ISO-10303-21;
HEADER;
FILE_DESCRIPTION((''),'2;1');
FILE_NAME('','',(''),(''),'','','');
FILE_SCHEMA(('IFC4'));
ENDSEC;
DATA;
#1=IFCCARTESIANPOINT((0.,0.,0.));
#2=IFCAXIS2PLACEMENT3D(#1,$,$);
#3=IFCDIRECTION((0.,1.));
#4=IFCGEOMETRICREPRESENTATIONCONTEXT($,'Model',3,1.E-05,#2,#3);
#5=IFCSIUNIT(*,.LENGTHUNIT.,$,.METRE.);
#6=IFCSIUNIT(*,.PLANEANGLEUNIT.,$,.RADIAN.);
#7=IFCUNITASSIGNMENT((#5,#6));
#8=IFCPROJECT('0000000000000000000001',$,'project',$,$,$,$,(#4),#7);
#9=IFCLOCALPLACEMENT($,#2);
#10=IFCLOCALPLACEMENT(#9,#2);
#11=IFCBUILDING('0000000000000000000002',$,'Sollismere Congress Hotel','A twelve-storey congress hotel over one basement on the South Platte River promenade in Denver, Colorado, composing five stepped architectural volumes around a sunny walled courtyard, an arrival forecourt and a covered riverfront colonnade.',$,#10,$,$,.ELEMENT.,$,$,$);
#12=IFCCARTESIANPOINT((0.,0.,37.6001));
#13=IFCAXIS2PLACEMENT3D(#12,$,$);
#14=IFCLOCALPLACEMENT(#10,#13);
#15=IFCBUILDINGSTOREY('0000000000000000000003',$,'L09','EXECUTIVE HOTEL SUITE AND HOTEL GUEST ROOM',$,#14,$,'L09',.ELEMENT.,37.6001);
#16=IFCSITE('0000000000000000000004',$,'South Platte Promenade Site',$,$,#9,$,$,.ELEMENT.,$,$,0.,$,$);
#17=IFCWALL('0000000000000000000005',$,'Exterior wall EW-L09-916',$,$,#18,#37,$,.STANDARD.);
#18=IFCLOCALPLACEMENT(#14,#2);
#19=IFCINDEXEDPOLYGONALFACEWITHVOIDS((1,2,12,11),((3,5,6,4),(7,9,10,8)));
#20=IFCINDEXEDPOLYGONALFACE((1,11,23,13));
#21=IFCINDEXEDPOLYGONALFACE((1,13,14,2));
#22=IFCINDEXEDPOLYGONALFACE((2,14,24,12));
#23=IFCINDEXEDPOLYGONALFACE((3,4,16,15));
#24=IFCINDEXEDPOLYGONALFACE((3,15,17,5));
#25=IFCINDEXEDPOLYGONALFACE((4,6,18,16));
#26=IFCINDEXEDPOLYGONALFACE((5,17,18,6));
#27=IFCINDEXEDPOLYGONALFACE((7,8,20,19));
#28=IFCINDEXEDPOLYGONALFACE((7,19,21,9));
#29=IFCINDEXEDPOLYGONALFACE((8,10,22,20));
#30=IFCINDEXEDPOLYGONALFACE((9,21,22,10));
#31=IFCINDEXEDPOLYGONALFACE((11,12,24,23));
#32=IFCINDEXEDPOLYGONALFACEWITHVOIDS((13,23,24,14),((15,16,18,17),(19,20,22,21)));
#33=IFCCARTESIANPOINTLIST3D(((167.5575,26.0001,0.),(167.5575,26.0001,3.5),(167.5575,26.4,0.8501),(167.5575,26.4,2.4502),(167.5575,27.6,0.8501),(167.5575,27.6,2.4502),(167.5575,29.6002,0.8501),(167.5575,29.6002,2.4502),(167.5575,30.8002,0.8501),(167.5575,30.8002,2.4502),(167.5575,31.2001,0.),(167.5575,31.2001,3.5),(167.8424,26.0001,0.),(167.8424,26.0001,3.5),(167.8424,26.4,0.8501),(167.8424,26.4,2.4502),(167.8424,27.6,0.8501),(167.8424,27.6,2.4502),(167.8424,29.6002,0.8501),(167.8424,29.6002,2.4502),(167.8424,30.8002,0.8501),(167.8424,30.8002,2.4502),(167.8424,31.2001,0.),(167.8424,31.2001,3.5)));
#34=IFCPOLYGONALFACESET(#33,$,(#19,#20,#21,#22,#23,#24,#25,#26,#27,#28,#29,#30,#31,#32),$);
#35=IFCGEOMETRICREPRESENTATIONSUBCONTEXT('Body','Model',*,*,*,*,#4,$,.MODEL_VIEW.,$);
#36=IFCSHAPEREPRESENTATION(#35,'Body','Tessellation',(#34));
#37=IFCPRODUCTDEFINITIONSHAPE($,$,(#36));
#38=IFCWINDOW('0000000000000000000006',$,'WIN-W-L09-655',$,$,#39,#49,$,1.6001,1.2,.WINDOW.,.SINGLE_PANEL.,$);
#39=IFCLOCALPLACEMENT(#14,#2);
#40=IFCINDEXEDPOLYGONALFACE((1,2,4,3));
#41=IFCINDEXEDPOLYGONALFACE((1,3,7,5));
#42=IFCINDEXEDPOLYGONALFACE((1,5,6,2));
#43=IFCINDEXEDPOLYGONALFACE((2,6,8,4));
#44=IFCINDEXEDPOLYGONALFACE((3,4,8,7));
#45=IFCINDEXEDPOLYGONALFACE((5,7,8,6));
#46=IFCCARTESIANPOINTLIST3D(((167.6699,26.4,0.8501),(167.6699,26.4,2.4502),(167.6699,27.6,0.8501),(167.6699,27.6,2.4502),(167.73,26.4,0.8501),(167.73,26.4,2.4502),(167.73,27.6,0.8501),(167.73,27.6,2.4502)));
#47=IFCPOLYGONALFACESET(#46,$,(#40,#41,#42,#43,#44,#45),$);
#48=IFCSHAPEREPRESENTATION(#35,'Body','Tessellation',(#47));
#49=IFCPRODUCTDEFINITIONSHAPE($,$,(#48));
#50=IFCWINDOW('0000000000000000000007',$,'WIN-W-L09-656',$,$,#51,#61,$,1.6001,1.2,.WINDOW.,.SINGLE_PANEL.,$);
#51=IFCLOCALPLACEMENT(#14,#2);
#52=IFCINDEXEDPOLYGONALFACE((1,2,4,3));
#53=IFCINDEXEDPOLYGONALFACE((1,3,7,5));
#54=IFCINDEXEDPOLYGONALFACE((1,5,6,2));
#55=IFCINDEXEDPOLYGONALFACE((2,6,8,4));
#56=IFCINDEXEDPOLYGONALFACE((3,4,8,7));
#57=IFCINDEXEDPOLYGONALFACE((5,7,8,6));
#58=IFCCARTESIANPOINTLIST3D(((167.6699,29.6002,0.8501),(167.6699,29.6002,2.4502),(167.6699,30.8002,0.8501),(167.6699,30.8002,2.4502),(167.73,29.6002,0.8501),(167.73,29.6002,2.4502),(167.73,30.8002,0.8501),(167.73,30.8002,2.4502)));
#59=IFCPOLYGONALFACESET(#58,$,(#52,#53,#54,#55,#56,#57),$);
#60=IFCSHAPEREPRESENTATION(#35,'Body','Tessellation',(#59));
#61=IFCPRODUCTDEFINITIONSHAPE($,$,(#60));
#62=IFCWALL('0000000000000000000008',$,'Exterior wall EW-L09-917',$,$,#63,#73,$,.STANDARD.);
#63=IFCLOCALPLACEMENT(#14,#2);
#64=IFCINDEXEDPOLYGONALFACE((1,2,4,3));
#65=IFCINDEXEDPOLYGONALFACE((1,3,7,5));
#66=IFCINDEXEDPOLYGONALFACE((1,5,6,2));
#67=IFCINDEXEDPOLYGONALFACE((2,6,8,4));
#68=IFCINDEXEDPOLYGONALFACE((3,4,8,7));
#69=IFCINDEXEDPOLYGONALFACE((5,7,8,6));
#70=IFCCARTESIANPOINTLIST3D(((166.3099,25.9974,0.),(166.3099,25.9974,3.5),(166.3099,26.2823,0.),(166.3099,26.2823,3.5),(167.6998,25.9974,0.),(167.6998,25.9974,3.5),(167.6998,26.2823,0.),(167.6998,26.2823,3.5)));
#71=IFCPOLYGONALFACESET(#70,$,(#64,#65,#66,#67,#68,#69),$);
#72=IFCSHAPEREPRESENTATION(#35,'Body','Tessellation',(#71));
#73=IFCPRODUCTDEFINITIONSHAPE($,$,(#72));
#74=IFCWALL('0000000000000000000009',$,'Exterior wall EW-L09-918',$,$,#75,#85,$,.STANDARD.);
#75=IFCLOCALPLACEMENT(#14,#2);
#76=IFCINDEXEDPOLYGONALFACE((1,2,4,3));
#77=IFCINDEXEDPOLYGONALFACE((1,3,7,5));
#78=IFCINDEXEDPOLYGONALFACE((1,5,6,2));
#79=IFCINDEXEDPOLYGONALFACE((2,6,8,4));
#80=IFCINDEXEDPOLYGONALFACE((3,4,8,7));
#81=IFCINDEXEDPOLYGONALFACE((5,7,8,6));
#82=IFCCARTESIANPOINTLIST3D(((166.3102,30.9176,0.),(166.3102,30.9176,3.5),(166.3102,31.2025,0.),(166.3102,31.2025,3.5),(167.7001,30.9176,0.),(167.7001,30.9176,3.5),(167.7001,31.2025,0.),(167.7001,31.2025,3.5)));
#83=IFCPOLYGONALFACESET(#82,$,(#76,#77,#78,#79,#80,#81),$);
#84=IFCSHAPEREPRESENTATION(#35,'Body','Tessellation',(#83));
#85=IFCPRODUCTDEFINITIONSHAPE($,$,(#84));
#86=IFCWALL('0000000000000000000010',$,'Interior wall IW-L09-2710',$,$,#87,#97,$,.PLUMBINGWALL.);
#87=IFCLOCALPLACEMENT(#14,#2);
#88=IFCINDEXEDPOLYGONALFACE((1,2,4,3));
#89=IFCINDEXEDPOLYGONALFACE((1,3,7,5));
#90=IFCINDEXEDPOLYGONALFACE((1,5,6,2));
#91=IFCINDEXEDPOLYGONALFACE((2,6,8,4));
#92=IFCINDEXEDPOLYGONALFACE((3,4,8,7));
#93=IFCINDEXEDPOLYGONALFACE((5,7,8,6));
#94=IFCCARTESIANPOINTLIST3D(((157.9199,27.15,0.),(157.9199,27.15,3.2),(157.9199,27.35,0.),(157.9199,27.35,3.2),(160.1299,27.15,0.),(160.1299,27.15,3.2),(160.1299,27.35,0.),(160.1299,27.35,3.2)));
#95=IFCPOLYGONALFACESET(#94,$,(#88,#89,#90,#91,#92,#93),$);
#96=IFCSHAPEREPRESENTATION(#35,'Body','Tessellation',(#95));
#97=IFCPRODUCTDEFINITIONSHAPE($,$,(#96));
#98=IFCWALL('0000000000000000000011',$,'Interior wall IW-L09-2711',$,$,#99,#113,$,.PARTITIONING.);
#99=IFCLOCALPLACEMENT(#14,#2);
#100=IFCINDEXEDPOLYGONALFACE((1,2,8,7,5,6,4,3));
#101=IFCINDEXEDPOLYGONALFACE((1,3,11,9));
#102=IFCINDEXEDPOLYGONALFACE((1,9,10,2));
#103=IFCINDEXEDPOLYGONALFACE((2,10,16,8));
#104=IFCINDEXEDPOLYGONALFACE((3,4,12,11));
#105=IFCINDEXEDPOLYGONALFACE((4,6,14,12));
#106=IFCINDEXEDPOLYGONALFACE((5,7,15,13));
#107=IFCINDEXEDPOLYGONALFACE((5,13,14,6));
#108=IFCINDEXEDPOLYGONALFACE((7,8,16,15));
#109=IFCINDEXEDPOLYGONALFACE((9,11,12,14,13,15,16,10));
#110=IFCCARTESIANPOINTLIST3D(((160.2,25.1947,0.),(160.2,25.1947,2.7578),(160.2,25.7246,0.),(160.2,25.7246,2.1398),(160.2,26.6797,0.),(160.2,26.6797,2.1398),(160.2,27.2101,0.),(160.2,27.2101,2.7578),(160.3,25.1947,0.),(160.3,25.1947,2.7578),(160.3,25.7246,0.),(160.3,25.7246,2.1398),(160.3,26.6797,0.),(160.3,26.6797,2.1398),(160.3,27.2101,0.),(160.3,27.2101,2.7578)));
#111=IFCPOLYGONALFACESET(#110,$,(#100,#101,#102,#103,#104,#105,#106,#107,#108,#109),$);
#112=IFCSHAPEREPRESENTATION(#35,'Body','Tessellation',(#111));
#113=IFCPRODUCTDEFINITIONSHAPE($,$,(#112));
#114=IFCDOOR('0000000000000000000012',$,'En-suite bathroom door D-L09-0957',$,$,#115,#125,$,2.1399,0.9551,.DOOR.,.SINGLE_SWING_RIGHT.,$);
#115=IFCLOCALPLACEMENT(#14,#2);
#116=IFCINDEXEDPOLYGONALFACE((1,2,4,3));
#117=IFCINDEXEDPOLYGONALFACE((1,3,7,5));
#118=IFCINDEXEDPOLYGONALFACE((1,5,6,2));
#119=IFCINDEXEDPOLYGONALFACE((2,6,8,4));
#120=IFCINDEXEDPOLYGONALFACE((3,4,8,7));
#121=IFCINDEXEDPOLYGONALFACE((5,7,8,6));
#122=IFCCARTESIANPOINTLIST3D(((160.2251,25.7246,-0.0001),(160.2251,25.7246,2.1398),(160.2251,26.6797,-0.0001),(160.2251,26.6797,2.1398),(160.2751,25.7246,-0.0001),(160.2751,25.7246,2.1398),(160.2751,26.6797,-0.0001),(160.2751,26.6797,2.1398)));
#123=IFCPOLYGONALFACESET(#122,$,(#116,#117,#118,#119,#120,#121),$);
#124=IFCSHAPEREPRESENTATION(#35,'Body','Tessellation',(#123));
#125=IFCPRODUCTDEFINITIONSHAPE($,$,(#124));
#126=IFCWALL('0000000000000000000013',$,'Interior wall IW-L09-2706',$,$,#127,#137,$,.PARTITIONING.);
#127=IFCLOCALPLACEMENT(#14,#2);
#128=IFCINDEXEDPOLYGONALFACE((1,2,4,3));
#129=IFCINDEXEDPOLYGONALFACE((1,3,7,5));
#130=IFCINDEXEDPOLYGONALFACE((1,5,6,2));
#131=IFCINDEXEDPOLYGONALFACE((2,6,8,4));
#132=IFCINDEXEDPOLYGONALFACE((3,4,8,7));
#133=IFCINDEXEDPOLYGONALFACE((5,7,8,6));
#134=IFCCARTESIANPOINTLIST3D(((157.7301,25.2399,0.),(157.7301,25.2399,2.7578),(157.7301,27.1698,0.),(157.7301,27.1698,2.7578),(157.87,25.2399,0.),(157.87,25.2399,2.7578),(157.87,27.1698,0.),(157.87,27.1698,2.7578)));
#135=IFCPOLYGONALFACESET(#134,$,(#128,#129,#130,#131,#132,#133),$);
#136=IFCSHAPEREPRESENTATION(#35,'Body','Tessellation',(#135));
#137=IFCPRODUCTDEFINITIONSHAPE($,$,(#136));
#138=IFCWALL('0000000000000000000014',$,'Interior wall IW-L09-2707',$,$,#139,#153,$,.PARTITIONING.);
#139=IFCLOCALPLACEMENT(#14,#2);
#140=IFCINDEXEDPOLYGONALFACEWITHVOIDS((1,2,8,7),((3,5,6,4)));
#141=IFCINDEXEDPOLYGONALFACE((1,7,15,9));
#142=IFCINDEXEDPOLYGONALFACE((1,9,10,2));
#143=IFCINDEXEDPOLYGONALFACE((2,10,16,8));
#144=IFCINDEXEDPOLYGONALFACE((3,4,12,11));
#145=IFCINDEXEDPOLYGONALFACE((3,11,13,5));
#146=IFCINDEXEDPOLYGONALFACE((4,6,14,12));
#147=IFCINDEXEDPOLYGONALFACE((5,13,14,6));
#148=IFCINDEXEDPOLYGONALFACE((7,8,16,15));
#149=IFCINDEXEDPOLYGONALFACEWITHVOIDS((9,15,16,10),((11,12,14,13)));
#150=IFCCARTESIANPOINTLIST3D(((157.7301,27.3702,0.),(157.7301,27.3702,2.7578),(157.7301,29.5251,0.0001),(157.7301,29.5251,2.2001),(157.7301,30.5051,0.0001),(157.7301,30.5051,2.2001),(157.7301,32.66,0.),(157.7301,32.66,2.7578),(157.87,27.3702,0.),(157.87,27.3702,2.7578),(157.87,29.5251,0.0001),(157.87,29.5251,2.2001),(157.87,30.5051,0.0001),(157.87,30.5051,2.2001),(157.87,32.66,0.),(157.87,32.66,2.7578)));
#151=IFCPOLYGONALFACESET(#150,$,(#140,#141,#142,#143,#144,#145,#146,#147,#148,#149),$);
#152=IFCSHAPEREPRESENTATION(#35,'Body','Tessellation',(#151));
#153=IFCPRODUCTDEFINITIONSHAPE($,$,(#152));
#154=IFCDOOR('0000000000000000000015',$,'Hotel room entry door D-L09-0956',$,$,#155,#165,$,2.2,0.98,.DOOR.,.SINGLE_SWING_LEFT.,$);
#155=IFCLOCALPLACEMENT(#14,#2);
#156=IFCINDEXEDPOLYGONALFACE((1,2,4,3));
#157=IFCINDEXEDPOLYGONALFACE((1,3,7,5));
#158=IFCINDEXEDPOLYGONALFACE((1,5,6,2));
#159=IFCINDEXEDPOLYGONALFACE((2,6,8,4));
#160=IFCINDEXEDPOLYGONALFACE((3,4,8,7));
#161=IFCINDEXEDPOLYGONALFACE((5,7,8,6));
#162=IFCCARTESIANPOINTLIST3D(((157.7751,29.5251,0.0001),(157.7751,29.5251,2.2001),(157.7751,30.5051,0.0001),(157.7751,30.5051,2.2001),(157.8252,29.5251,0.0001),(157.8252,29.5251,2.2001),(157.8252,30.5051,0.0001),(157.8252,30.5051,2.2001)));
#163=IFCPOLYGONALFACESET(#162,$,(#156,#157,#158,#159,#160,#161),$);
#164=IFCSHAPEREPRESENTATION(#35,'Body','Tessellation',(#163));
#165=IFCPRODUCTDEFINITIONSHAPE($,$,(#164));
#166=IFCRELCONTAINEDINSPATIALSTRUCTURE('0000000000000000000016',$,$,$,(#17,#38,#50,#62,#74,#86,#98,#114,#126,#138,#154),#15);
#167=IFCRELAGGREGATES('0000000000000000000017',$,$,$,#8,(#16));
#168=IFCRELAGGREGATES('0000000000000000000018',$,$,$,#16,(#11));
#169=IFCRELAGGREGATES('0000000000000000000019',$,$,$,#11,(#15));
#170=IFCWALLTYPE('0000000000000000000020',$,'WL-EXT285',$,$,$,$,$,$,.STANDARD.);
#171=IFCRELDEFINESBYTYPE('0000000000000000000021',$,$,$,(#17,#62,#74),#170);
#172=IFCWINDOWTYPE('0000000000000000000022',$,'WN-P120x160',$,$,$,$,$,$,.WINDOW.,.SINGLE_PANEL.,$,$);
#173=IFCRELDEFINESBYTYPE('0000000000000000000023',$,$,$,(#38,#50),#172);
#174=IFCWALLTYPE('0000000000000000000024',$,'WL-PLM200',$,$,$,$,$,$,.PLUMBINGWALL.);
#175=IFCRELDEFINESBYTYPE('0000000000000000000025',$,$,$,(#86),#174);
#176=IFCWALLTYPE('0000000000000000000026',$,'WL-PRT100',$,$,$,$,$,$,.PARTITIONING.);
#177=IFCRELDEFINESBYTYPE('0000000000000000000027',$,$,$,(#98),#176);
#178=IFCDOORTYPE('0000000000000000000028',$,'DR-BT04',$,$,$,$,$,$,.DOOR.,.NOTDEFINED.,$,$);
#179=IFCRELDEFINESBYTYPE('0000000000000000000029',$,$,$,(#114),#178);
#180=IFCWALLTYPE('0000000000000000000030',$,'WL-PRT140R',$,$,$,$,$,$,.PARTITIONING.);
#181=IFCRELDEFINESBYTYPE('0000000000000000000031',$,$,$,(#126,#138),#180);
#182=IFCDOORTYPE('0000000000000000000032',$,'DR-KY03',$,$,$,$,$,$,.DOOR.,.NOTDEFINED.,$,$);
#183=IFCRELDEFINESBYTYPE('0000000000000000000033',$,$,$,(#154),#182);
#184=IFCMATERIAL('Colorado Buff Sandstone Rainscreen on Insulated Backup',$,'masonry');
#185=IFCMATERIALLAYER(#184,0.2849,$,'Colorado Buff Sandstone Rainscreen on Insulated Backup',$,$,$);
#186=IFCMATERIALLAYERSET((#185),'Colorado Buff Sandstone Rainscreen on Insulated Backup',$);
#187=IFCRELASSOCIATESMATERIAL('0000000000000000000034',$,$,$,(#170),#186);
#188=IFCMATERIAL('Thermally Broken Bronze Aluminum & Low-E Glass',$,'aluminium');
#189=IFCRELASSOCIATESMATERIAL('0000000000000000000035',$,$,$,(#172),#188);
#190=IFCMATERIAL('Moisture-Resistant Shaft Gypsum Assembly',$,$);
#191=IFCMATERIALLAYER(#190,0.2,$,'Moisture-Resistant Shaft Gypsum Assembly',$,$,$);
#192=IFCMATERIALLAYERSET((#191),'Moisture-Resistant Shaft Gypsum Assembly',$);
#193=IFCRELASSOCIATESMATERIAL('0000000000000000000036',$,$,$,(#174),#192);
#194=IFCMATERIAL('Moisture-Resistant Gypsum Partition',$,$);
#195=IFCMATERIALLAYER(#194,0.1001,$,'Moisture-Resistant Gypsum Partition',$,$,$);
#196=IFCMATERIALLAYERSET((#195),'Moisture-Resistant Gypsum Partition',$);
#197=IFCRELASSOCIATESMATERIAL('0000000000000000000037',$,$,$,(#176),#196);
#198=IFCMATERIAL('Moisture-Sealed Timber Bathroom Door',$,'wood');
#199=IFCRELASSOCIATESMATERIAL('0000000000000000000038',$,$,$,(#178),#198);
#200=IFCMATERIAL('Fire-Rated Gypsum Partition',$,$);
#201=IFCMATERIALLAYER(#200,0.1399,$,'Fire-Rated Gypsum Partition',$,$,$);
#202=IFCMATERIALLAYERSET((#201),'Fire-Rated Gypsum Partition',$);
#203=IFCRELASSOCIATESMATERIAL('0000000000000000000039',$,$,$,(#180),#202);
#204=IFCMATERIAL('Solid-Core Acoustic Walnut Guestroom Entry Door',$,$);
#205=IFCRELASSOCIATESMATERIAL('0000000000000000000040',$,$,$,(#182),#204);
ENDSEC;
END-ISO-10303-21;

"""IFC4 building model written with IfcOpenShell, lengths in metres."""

from ifc_helpers import new_model, si_unit, direction, frame, frame_2d, origin, place, context, subcontext, project, spatial, rectangle, extrude, material, layer, layer_set, type_object, element, fill, save


model = new_model("IFC4")

# Units and contexts
model_context = context("Model", 3, precision=1e-05, world=origin(), true_north=direction((0.0, 1.0)))
body_context = subcontext(model_context, "Body", "Model", "MODEL_VIEW")
ifc_project = project(units=[si_unit("LENGTHUNIT", "METRE"), si_unit("PLANEANGLEUNIT", "RADIAN")], contexts=[model_context])

# Site, building, storey
site_placement = place(None, origin())
site = spatial("IfcSite", under=ifc_project, at=site_placement, Name="South Platte Promenade Site", CompositionType="ELEMENT", RefElevation=0.0)
building_placement = place(site_placement, origin())
building = spatial("IfcBuilding", under=site, at=building_placement, Name="Sollismere Congress Hotel", Description="A twelve-storey congress hotel over one basement on the South Platte River promenade in Denver, Colorado, composing five stepped architectural volumes around a sunny walled courtyard, an arrival forecourt and a covered riverfront colonnade.", CompositionType="ELEMENT")
storey_placement = place(building_placement, frame((0.0, 0.0, 37.6001)))
storey = spatial("IfcBuildingStorey", under=building, at=storey_placement, Name="L09", Description="EXECUTIVE HOTEL SUITE AND HOTEL GUEST ROOM", LongName="L09", CompositionType="ELEMENT", Elevation=37.6001)

# Shared definitions
ifc_material_1 = material(Name="Colorado Buff Sandstone Rainscreen on Insulated Backup", Category="masonry")
ifc_layer_1 = layer(ifc_material_1, 0.2849, Name="Colorado Buff Sandstone Rainscreen on Insulated Backup")
ifc_layer_set_1 = layer_set([ifc_layer_1], Name="Colorado Buff Sandstone Rainscreen on Insulated Backup")
wall_type_1 = type_object("IfcWallType", Name="WL-EXT285", PredefinedType="STANDARD", material=ifc_layer_set_1)

# Wall, openings, windows
wall_1_placement = place(storey_placement, frame((167.7, 26.0, 0.0), z_axis=(0.0, 0.0, 1.0), x_axis=(0.0, 1.0, 0.0)))
wall_1 = element("IfcWall", 1, at=wall_1_placement, inside=storey, type_object=wall_type_1, Name="Exterior wall EW-L09-916", PredefinedType="STANDARD", context=body_context, shape_type="SweptSolid", body=[
    extrude(rectangle(XDim=5.2, YDim=0.2849, at=frame_2d((2.6001, 0.0))), origin(), (0.0, 0.0, 1.0), 3.5),
])
opening_1_placement = place(wall_1_placement, frame((0.3999, 0.0, 0.8501)))
opening_1 = element("IfcOpeningElement", 2, at=opening_1_placement, cuts=wall_1, PredefinedType="OPENING", context=body_context, shape_type="SweptSolid", body=[
    extrude(rectangle(XDim=1.2, YDim=1.6001, at=frame_2d((0.6001, 0.8))), frame((0.0, 0.1523, 0.0), z_axis=(0.0, -1.0, 0.0), x_axis=(1.0, 0.0, 0.0)), (0.0, 0.0, 1.0), 0.3049),
])
opening_2_placement = place(wall_1_placement, frame((3.6001, 0.0, 0.8501)))
opening_2 = element("IfcOpeningElement", 3, at=opening_2_placement, cuts=wall_1, PredefinedType="OPENING", context=body_context, shape_type="SweptSolid", body=[
    extrude(rectangle(XDim=1.2, YDim=1.6001, at=frame_2d((0.6001, 0.8))), frame((0.0, 0.1523, 0.0), z_axis=(0.0, -1.0, 0.0), x_axis=(1.0, 0.0, 0.0)), (0.0, 0.0, 1.0), 0.3049),
])
ifc_material_2 = material(Name="Thermally Broken Bronze Aluminum & Low-E Glass", Category="aluminium")
window_type = type_object("IfcWindowType", Name="WN-P120x160", PartitioningType="SINGLE_PANEL", PredefinedType="WINDOW", material=ifc_material_2)
window_1_placement = place(opening_1_placement, origin())
window_1 = element("IfcWindow", 4, at=window_1_placement, inside=storey, type_object=window_type, Name="WIN-W-L09-655", OverallHeight=1.6001, OverallWidth=1.2, PartitioningType="SINGLE_PANEL", PredefinedType="WINDOW", context=body_context, shape_type="SweptSolid", body=[
    extrude(rectangle(XDim=1.2, YDim=1.6001, at=frame_2d((0.6001, 0.8))), frame((0.0, 0.03, 0.0), z_axis=(0.0, -1.0, 0.0), x_axis=(1.0, 0.0, 0.0)), (0.0, 0.0, 1.0), 0.0601),
])
fill(opening_1, window_1)
window_2_placement = place(opening_2_placement, origin())
window_2 = element("IfcWindow", 5, at=window_2_placement, inside=storey, type_object=window_type, Name="WIN-W-L09-656", OverallHeight=1.6001, OverallWidth=1.2, PartitioningType="SINGLE_PANEL", PredefinedType="WINDOW", context=body_context, shape_type="SweptSolid", body=[
    extrude(rectangle(XDim=1.2, YDim=1.6001, at=frame_2d((0.6001, 0.8))), frame((0.0, 0.03, 0.0), z_axis=(0.0, -1.0, 0.0), x_axis=(1.0, 0.0, 0.0)), (0.0, 0.0, 1.0), 0.0601),
])
fill(opening_2, window_2)

# Walls
for number, where, z_axis, x_axis, name in (
    (6, (166.3101, 26.1399, 0.0), (0.0, 0.0, 1.0), (1.0, 0.0, 0.0), "Exterior wall EW-L09-917"),
    (7, (167.7, 31.0601, 0.0), (0.0, 0.0, 1.0), (-1.0, 0.0, 0.0), "Exterior wall EW-L09-918"),
):
    element("IfcWall", number, at=place(storey_placement, frame(where, z_axis=z_axis, x_axis=x_axis)), inside=storey, type_object=wall_type_1, Name=name, PredefinedType="STANDARD", context=body_context, shape_type="SweptSolid", body=[
        extrude(rectangle(XDim=1.3899, YDim=0.2849, at=frame_2d((0.6948, 0.0))), origin(), (0.0, 0.0, 1.0), 3.5),
    ])
ifc_material_3 = material(Name="Moisture-Resistant Shaft Gypsum Assembly")
ifc_layer_2 = layer(ifc_material_3, 0.2, Name="Moisture-Resistant Shaft Gypsum Assembly")
ifc_layer_set_2 = layer_set([ifc_layer_2], Name="Moisture-Resistant Shaft Gypsum Assembly")
wall_type_2 = type_object("IfcWallType", Name="WL-PLM200", PredefinedType="PLUMBINGWALL", material=ifc_layer_set_2)
wall_2_placement = place(storey_placement, frame((157.9199, 27.25, 0.0), z_axis=(0.0, 0.0, 1.0), x_axis=(1.0, 0.0, 0.0)))
element("IfcWall", 8, at=wall_2_placement, inside=storey, type_object=wall_type_2, Name="Interior wall IW-L09-2710", PredefinedType="PLUMBINGWALL", context=body_context, shape_type="SweptSolid", body=[
    extrude(rectangle(XDim=2.21, YDim=0.2, at=frame_2d((1.105, 0.0))), origin(), (0.0, 0.0, 1.0), 3.2),
])

# Wall, opening, door
ifc_material_4 = material(Name="Moisture-Resistant Gypsum Partition")
ifc_layer_3 = layer(ifc_material_4, 0.1001, Name="Moisture-Resistant Gypsum Partition")
ifc_layer_set_3 = layer_set([ifc_layer_3], Name="Moisture-Resistant Gypsum Partition")
wall_type_3 = type_object("IfcWallType", Name="WL-PRT100", PredefinedType="PARTITIONING", material=ifc_layer_set_3)
wall_3_placement = place(storey_placement, frame((160.25, 25.1946, 0.0), z_axis=(0.0, 0.0, 1.0), x_axis=(0.0, 1.0, 0.0)))
wall_3 = element("IfcWall", 9, at=wall_3_placement, inside=storey, type_object=wall_type_3, Name="Interior wall IW-L09-2711", PredefinedType="PARTITIONING", context=body_context, shape_type="SweptSolid", body=[
    extrude(rectangle(XDim=2.0154, YDim=0.1001, at=frame_2d((1.0078, 0.0))), origin(), (0.0, 0.0, 1.0), 2.7578),
])
opening_3_placement = place(wall_3_placement, frame((0.53, 0.0, 0.0)))
opening_3 = element("IfcOpeningElement", 10, at=opening_3_placement, cuts=wall_3, PredefinedType="OPENING", context=body_context, shape_type="SweptSolid", body=[
    extrude(rectangle(XDim=0.9551, YDim=2.1399, at=frame_2d((0.4775, 1.0698))), frame((0.0, 0.0601, 0.0), z_axis=(0.0, -1.0, 0.0), x_axis=(1.0, 0.0, 0.0)), (0.0, 0.0, 1.0), 0.1201),
])
ifc_material_5 = material(Name="Moisture-Sealed Timber Bathroom Door", Category="wood")
door_type_1 = type_object("IfcDoorType", Name="DR-BT04", OperationType="NOTDEFINED", PredefinedType="DOOR", material=ifc_material_5)
door_1_placement = place(opening_3_placement, origin())
door_1 = element("IfcDoor", 11, at=door_1_placement, inside=storey, type_object=door_type_1, Name="En-suite bathroom door D-L09-0957", OperationType="SINGLE_SWING_RIGHT", OverallHeight=2.1399, OverallWidth=0.9551, PredefinedType="DOOR", context=body_context, shape_type="SweptSolid", body=[
    extrude(rectangle(XDim=0.9551, YDim=2.1399, at=frame_2d((0.4775, 1.0698))), frame((0.0, 0.0249, 0.0), z_axis=(0.0, -1.0, 0.0), x_axis=(1.0, 0.0, 0.0)), (0.0, 0.0, 1.0), 0.05),
])
fill(opening_3, door_1)

# Wall
ifc_material_6 = material(Name="Fire-Rated Gypsum Partition")
ifc_layer_4 = layer(ifc_material_6, 0.1399, Name="Fire-Rated Gypsum Partition")
ifc_layer_set_4 = layer_set([ifc_layer_4], Name="Fire-Rated Gypsum Partition")
wall_type_4 = type_object("IfcWallType", Name="WL-PRT140R", PredefinedType="PARTITIONING", material=ifc_layer_set_4)
wall_4_placement = place(storey_placement, frame((157.8, 25.24, 0.0), z_axis=(0.0, 0.0, 1.0), x_axis=(0.0, 1.0, 0.0)))
element("IfcWall", 12, at=wall_4_placement, inside=storey, type_object=wall_type_4, Name="Interior wall IW-L09-2706", PredefinedType="PARTITIONING", context=body_context, shape_type="SweptSolid", body=[
    extrude(rectangle(XDim=1.9299, YDim=0.1399, at=frame_2d((0.9648, 0.0))), origin(), (0.0, 0.0, 1.0), 2.7578),
])

# Wall, opening, door
wall_5_placement = place(storey_placement, frame((157.8, 27.3701, 0.0), z_axis=(0.0, 0.0, 1.0), x_axis=(0.0, 1.0, 0.0)))
wall_5 = element("IfcWall", 13, at=wall_5_placement, inside=storey, type_object=wall_type_4, Name="Interior wall IW-L09-2707", PredefinedType="PARTITIONING", context=body_context, shape_type="SweptSolid", body=[
    extrude(rectangle(XDim=5.2898, YDim=0.1399, at=frame_2d((2.645, 0.0))), origin(), (0.0, 0.0, 1.0), 2.7578),
])
opening_4_placement = place(wall_5_placement, frame((2.155, 0.0, 0.0)))
opening_4 = element("IfcOpeningElement", 14, at=opening_4_placement, cuts=wall_5, PredefinedType="OPENING", context=body_context, shape_type="SweptSolid", body=[
    extrude(rectangle(XDim=0.98, YDim=2.2, at=frame_2d((0.49, 1.1001))), frame((0.0, 0.0798, 0.0), z_axis=(0.0, -1.0, 0.0), x_axis=(1.0, 0.0, 0.0)), (0.0, 0.0, 1.0), 0.1599),
])
ifc_material_7 = material(Name="Solid-Core Acoustic Walnut Guestroom Entry Door")
door_type_2 = type_object("IfcDoorType", Name="DR-KY03", OperationType="NOTDEFINED", PredefinedType="DOOR", material=ifc_material_7)
door_2_placement = place(opening_4_placement, origin())
door_2 = element("IfcDoor", 15, at=door_2_placement, inside=storey, type_object=door_type_2, Name="Hotel room entry door D-L09-0956", OperationType="SINGLE_SWING_LEFT", OverallHeight=2.2, OverallWidth=0.98, PredefinedType="DOOR", context=body_context, shape_type="SweptSolid", body=[
    extrude(rectangle(XDim=0.98, YDim=2.2, at=frame_2d((0.49, 1.1001))), frame((0.0, 0.0249, 0.0), z_axis=(0.0, -1.0, 0.0), x_axis=(1.0, 0.0, 0.0)), (0.0, 0.0, 1.0), 0.05),
])
fill(opening_4, door_2)

save(model, "model.ifc")
